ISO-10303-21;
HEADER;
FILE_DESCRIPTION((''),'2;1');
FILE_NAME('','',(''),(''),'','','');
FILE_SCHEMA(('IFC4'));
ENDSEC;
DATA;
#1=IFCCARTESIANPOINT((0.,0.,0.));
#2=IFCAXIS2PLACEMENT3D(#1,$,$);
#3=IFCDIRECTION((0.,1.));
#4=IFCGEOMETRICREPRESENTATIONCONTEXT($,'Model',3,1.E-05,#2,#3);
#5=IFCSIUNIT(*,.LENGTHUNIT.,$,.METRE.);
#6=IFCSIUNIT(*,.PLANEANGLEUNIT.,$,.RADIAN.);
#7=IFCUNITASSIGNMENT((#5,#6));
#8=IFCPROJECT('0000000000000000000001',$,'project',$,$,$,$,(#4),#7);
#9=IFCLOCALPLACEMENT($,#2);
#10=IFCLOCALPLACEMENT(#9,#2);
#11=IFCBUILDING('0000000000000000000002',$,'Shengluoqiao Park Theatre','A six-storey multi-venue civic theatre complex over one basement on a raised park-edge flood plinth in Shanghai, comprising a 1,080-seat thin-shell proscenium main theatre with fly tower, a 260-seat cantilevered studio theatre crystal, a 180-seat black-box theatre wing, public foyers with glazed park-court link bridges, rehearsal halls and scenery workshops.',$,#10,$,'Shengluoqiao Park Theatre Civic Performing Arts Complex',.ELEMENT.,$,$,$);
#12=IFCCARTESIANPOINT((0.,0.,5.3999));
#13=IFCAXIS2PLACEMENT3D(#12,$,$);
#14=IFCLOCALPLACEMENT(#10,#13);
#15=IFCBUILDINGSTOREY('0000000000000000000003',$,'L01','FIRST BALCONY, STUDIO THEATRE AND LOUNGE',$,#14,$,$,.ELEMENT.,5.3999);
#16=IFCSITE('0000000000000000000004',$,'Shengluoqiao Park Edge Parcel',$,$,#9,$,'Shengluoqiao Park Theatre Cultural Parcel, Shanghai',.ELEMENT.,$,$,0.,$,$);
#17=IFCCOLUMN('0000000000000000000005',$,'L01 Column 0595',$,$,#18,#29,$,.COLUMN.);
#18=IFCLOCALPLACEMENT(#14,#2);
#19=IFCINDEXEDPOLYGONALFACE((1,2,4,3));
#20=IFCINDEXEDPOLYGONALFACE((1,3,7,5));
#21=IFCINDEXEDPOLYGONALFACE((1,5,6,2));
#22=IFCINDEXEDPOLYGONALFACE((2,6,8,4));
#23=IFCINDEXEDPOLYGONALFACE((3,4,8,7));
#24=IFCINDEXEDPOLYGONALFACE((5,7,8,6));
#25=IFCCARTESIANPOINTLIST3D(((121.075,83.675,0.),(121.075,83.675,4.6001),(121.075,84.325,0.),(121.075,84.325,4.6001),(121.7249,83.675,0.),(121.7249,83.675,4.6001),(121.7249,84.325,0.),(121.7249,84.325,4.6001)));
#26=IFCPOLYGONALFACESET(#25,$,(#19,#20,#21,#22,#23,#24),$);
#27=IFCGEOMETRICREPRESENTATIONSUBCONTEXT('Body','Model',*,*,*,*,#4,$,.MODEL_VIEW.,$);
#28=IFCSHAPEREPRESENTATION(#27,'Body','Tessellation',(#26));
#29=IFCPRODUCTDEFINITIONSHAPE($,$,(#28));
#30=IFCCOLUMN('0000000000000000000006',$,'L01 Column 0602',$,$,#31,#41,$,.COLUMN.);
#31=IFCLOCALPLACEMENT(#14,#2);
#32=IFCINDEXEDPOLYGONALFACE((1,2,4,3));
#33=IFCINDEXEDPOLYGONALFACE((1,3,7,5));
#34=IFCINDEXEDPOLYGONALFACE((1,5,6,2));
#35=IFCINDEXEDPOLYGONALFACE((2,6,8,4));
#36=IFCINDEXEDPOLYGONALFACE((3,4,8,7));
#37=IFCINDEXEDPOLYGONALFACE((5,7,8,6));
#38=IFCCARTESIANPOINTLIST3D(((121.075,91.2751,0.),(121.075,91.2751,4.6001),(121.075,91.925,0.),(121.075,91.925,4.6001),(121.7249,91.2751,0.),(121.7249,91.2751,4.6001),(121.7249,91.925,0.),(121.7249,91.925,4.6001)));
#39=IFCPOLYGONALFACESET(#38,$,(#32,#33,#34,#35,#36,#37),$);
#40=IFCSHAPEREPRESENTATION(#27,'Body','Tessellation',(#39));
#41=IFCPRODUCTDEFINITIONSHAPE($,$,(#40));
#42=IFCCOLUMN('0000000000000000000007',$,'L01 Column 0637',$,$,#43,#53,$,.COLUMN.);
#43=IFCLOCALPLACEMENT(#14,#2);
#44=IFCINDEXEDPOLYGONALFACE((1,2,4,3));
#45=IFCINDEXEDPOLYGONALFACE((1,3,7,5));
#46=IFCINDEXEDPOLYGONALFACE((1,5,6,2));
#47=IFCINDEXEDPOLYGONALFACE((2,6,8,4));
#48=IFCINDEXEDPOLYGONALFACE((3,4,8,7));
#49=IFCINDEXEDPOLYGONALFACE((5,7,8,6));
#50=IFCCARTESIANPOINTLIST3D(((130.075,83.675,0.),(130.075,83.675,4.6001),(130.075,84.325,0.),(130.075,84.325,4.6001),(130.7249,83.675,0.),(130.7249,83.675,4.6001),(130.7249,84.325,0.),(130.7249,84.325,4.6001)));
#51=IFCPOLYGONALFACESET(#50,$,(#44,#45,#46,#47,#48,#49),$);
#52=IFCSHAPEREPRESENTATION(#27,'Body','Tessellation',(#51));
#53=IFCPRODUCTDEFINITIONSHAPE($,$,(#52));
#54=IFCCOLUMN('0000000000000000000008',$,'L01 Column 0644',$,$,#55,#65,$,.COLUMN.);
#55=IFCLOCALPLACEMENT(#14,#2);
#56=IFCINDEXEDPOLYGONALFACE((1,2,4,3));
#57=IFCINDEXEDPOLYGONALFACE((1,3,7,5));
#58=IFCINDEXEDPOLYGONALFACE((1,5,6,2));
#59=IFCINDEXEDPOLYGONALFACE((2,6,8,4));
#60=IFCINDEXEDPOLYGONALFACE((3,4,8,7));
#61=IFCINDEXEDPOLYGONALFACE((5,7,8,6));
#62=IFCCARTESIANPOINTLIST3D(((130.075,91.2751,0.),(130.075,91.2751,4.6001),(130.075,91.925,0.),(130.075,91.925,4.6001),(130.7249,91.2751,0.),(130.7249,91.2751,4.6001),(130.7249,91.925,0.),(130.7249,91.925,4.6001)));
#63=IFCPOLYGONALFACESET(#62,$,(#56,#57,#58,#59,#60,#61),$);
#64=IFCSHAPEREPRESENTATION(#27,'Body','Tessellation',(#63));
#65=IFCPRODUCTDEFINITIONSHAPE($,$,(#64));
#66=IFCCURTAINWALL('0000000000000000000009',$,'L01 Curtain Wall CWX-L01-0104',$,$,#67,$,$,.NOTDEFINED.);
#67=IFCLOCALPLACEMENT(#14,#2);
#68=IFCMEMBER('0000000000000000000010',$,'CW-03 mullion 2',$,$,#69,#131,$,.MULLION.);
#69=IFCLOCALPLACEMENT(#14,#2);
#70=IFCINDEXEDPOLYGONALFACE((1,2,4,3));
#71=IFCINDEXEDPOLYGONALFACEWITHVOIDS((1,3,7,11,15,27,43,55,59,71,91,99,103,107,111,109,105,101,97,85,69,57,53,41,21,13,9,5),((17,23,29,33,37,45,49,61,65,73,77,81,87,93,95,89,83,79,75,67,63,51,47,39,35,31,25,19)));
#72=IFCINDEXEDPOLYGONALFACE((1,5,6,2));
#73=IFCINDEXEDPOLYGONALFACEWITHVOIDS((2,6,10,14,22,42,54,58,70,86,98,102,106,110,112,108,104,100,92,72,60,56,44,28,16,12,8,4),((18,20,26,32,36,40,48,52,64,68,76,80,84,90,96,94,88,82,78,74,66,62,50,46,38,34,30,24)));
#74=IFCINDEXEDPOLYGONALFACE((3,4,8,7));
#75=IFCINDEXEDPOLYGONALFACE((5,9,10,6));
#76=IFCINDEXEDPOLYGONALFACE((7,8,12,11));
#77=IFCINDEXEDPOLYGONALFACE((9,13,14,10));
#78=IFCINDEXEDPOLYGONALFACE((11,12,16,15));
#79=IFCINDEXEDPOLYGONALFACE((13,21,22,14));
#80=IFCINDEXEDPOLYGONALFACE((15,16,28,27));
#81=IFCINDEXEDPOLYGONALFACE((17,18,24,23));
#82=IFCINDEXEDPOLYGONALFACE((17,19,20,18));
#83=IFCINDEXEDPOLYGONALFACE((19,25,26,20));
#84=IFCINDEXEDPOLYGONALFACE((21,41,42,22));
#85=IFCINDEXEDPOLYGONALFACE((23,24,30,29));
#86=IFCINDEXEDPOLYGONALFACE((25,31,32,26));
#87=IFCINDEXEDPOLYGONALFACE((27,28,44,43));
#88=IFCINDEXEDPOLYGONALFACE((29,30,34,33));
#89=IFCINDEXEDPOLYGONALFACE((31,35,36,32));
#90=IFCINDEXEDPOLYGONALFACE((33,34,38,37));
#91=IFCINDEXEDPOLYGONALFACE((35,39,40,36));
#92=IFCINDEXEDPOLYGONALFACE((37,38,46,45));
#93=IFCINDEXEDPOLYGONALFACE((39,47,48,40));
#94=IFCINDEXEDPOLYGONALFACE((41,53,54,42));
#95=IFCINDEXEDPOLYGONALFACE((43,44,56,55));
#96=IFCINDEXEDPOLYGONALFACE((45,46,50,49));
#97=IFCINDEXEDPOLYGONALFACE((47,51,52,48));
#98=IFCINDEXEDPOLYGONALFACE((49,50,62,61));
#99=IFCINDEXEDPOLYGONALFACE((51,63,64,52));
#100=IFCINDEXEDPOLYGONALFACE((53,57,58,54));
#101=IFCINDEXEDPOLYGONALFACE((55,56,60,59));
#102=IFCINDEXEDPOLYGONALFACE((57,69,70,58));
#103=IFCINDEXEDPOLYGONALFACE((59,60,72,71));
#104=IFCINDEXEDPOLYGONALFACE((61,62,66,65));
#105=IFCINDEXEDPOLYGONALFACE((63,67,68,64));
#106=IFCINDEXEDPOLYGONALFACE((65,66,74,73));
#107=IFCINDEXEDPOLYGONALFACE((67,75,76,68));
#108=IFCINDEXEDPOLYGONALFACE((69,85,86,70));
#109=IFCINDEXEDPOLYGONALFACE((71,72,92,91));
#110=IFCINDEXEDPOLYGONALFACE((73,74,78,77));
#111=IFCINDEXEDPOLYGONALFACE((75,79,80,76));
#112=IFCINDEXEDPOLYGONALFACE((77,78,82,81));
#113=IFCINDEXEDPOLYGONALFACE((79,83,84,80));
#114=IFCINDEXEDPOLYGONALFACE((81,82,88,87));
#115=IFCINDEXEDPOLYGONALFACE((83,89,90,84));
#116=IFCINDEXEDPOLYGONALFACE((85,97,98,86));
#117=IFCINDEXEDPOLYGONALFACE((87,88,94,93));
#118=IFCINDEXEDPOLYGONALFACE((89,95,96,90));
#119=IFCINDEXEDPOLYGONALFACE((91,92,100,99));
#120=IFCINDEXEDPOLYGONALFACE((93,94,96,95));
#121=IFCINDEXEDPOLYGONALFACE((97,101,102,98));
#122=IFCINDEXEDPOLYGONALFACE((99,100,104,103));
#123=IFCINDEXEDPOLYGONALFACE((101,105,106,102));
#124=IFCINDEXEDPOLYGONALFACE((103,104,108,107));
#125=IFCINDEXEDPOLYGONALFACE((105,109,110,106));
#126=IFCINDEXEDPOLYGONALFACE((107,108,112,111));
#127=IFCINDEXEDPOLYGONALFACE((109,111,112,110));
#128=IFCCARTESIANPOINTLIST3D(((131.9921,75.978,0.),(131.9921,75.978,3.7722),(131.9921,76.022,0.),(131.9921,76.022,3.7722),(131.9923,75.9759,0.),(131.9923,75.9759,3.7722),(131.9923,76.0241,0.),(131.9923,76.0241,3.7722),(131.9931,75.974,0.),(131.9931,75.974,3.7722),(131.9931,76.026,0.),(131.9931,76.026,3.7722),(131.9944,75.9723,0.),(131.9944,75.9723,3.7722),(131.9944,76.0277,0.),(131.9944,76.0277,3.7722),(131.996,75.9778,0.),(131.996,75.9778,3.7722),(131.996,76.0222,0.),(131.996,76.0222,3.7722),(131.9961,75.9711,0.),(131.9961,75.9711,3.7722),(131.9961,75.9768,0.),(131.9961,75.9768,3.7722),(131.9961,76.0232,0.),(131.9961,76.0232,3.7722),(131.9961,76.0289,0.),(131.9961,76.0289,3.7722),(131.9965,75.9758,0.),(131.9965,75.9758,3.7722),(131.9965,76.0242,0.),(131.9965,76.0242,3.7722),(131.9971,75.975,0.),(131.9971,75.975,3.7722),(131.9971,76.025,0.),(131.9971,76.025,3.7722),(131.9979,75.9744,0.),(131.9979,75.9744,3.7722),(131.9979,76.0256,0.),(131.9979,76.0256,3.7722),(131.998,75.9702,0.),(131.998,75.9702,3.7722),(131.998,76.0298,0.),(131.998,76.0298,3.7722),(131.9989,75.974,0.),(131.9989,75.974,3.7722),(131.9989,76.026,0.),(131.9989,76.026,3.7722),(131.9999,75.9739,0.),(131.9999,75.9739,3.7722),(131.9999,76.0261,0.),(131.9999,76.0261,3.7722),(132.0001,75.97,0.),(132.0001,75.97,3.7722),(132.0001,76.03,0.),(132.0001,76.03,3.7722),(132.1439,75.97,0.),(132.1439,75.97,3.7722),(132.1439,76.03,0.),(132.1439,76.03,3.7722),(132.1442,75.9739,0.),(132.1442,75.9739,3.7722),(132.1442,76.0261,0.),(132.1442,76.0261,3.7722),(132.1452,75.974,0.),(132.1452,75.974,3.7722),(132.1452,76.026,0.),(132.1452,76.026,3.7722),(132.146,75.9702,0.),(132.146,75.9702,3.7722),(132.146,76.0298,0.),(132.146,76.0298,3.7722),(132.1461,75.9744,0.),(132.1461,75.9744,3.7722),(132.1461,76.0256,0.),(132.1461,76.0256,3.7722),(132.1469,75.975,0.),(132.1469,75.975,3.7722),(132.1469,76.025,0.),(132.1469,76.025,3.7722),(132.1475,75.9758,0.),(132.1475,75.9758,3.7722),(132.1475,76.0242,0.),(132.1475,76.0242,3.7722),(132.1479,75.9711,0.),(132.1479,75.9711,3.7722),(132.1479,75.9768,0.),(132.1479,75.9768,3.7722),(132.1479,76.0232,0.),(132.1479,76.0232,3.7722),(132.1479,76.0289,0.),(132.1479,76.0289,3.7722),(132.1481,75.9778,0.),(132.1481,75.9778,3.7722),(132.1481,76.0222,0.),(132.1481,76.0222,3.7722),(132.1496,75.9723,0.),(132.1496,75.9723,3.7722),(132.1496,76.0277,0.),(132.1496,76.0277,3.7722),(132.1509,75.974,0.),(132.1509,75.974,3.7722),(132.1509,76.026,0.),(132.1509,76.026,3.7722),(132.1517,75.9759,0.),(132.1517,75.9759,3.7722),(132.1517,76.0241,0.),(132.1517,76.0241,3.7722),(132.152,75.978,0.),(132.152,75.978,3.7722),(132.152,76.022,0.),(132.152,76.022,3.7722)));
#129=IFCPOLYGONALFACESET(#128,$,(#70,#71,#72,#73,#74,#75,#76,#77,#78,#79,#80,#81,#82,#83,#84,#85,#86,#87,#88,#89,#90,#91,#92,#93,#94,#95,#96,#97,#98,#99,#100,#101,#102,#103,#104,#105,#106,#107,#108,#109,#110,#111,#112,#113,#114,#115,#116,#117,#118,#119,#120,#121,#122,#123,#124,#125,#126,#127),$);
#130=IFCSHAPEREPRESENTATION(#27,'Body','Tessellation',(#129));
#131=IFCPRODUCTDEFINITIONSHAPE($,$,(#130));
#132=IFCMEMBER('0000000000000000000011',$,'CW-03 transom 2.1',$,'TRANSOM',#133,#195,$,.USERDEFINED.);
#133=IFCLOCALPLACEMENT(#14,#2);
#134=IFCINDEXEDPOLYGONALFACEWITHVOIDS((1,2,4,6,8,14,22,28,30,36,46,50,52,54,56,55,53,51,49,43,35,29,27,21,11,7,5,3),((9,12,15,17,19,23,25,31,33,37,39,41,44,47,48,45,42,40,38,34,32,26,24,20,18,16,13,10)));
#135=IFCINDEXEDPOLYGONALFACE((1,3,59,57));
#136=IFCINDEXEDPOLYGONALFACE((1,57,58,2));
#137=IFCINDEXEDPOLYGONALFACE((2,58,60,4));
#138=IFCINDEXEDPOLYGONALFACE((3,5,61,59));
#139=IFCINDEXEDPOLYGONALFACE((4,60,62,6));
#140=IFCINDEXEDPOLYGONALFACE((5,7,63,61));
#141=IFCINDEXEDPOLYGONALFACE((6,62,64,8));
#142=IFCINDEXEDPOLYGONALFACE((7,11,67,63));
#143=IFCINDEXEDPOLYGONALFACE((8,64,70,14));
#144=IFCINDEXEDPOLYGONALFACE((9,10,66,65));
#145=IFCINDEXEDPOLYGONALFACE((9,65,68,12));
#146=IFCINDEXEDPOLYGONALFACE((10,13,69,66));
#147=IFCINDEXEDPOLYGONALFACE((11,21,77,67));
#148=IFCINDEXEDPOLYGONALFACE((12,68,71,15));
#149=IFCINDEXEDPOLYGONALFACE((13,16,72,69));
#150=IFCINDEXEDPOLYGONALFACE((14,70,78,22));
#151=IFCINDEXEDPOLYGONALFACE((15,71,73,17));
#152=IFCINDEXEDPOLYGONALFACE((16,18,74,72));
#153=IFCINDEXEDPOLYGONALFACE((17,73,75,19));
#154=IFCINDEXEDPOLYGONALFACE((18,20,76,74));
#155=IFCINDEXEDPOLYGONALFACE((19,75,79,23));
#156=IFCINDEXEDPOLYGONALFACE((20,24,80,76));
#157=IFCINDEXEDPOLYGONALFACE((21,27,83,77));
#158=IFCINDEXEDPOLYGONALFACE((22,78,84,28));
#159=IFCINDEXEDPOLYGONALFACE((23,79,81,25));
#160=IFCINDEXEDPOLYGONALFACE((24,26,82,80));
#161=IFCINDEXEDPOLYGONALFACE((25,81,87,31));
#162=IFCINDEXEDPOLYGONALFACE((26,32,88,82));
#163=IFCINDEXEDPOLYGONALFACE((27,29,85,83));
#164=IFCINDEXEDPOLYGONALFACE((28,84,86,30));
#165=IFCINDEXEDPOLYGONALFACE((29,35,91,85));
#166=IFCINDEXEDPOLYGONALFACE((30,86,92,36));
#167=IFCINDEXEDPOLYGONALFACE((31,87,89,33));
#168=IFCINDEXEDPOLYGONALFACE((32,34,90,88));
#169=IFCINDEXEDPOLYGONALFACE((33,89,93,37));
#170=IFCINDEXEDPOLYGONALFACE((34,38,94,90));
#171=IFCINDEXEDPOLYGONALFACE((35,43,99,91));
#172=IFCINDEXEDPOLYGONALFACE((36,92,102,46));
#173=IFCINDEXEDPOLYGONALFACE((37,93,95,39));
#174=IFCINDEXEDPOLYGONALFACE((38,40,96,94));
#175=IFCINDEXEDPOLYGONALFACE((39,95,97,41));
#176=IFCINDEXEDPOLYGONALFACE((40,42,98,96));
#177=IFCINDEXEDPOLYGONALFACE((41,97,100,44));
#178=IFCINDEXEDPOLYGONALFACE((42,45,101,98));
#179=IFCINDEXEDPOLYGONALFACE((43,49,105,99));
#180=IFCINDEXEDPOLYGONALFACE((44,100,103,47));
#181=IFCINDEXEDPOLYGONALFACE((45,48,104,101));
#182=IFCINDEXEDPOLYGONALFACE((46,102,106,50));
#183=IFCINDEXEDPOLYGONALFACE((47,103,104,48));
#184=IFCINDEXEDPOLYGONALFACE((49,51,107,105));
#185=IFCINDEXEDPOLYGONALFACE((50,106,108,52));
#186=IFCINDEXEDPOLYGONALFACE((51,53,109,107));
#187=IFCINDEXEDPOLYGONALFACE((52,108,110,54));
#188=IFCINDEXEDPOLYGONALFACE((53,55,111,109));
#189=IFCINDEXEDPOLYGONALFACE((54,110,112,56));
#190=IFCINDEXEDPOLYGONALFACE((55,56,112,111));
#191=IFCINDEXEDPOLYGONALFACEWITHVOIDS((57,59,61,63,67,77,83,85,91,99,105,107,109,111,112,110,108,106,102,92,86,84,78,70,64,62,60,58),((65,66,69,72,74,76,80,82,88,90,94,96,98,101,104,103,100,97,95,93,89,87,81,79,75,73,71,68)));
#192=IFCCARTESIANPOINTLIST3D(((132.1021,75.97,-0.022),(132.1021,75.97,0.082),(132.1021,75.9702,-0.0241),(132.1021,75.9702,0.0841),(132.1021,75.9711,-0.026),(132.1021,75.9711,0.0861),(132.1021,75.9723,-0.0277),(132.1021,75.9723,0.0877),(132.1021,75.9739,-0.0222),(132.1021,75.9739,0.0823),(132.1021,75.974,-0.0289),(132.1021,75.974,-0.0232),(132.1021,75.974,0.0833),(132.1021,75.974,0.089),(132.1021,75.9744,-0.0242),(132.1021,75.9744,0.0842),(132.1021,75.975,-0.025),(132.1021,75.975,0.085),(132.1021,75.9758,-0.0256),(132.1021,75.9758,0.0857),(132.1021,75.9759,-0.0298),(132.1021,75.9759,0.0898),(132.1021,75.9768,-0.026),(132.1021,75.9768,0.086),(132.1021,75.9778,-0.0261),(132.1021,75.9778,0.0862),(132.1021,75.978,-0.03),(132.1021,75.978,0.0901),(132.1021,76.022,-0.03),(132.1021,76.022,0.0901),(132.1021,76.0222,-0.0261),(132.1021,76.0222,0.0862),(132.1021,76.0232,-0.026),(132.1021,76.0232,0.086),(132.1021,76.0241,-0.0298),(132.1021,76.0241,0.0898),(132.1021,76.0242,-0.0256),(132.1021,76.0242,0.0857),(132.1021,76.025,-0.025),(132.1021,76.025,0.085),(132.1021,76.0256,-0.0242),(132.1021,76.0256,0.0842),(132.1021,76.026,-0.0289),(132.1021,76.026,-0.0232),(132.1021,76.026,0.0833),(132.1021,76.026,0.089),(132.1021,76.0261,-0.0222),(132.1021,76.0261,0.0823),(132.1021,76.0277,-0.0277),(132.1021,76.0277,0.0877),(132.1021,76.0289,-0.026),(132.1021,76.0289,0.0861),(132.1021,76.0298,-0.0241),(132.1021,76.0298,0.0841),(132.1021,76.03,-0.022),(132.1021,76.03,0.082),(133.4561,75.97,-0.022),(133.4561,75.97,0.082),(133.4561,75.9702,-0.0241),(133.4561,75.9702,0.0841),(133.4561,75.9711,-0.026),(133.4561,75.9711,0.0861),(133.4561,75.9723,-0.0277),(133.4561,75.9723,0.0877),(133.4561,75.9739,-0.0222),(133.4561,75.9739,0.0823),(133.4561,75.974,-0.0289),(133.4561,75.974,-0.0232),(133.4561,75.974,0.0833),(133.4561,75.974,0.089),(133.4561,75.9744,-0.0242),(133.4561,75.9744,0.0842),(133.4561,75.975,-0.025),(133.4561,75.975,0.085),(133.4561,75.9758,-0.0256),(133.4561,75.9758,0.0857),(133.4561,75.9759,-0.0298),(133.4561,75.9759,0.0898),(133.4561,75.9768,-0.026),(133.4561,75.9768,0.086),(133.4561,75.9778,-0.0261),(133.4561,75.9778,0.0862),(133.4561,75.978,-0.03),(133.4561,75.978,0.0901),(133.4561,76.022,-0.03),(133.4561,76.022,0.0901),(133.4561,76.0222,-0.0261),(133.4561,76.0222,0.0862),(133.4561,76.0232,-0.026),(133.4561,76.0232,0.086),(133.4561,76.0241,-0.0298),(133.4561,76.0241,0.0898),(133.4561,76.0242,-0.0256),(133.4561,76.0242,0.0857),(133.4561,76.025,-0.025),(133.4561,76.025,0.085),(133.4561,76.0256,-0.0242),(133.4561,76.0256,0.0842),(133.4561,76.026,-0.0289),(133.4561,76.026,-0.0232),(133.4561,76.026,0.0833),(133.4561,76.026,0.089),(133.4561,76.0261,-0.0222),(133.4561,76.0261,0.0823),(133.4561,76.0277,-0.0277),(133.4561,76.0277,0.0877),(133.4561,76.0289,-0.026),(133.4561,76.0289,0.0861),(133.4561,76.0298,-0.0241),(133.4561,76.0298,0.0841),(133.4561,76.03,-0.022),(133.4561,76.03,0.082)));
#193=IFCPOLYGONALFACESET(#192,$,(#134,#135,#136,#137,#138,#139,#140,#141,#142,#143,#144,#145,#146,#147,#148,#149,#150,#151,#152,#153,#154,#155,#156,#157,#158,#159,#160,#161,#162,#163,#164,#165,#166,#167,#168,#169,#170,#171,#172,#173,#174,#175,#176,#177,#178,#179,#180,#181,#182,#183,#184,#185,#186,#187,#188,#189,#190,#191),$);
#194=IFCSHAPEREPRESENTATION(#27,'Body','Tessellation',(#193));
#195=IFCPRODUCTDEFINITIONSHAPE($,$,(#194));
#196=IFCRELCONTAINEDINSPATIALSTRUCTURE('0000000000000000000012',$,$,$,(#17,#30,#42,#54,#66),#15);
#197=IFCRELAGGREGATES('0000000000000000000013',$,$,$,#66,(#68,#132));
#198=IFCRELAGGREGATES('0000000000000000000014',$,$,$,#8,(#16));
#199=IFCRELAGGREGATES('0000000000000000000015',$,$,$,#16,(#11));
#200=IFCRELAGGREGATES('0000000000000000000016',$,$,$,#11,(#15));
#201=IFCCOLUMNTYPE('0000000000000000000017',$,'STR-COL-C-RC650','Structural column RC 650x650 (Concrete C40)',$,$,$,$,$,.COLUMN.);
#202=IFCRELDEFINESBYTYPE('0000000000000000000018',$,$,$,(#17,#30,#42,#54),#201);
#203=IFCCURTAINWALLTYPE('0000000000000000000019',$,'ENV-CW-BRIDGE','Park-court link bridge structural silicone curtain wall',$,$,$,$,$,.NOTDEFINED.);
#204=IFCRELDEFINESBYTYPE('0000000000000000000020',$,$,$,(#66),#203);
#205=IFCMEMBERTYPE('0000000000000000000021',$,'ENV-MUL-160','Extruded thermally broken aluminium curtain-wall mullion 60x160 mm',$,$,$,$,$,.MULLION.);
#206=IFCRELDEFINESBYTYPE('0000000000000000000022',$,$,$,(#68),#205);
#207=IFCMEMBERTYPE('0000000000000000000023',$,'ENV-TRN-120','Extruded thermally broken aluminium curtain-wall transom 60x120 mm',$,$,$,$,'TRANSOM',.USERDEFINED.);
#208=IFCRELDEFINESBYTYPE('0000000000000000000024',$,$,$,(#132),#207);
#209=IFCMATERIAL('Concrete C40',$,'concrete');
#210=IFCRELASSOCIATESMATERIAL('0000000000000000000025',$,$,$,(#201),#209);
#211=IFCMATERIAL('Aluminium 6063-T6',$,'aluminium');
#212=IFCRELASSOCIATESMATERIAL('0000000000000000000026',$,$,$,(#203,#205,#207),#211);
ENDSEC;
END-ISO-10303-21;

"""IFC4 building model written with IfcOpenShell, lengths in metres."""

from ifc_helpers import new_model, si_unit, direction, frame, origin, origin_2d, place, context, subcontext, project, spatial, rectangle, hollow_rectangle, extrude, material, material_profile, profile_set, type_object, element, aggregate, save


model = new_model("IFC4")

# Units and contexts
model_context = context("Model", 3, precision=1e-05, world=origin(), true_north=direction((0.0, 1.0)))
body_context = subcontext(model_context, "Body", "Model", "MODEL_VIEW")
ifc_project = project(units=[si_unit("LENGTHUNIT", "METRE"), si_unit("PLANEANGLEUNIT", "RADIAN")], contexts=[model_context])

# Site, building, storey
site_placement = place(None, origin())
site = spatial("IfcSite", under=ifc_project, at=site_placement, Name="Shengluoqiao Park Edge Parcel", LongName="Shengluoqiao Park Theatre Cultural Parcel, Shanghai", CompositionType="ELEMENT", RefElevation=0.0)
building_placement = place(site_placement, origin())
building = spatial("IfcBuilding", under=site, at=building_placement, Name="Shengluoqiao Park Theatre", Description="A six-storey multi-venue civic theatre complex over one basement on a raised park-edge flood plinth in Shanghai, comprising a 1,080-seat thin-shell proscenium main theatre with fly tower, a 260-seat cantilevered studio theatre crystal, a 180-seat black-box theatre wing, public foyers with glazed park-court link bridges, rehearsal halls and scenery workshops.", LongName="Shengluoqiao Park Theatre Civic Performing Arts Complex", CompositionType="ELEMENT")
storey_placement = place(building_placement, frame((0.0, 0.0, 5.3999)))
storey = spatial("IfcBuildingStorey", under=building, at=storey_placement, Name="L01", Description="FIRST BALCONY, STUDIO THEATRE AND LOUNGE", CompositionType="ELEMENT", Elevation=5.3999)

# Columns
ifc_material_1 = material(Name="Concrete C40", Category="concrete")
ifc_material_profile_1 = material_profile(ifc_material_1, rectangle(XDim=0.6499, YDim=0.6499, at=origin_2d()), Name="RC 650x650")
ifc_profile_set_1 = profile_set([ifc_material_profile_1], Name="Concrete C40")
column_type = type_object("IfcColumnType", Name="STR-COL-C-RC650", Description="Structural column RC 650x650 (Concrete C40)", PredefinedType="COLUMN", material=ifc_profile_set_1)
for number, where, z_axis, x_axis, name in (
    (1, (121.3999, 84.0, 0.0), (0.0, 0.0, 1.0), (1.0, 0.0, 0.0), "L01 Column 0595"),
    (2, (121.3999, 91.6001, 0.0), (0.0, 0.0, 1.0), (1.0, 0.0, 0.0), "L01 Column 0602"),
    (3, (130.3999, 84.0, 0.0), (0.0, 0.0, 1.0), (1.0, 0.0, 0.0), "L01 Column 0637"),
    (4, (130.3999, 91.6001, 0.0), (0.0, 0.0, 1.0), (1.0, 0.0, 0.0), "L01 Column 0644"),
):
    element("IfcColumn", number, at=place(storey_placement, frame(where, z_axis=z_axis, x_axis=x_axis)), inside=storey, type_object=column_type, Name=name, PredefinedType="COLUMN", context=body_context, shape_type="SweptSolid", body=[
        extrude(rectangle(XDim=0.6499, YDim=0.6499, at=origin_2d()), origin(), (0.0, 0.0, 1.0), 4.6001),
    ])

# Curtain wall, members
ifc_material_2 = material(Name="Aluminium 6063-T6", Category="aluminium")
curtain_wall_type = type_object("IfcCurtainWallType", Name="ENV-CW-BRIDGE", Description="Park-court link bridge structural silicone curtain wall", PredefinedType="NOTDEFINED", material=ifc_material_2)
curtain_wall_placement = place(storey_placement, origin())
curtain_wall = element("IfcCurtainWall", 5, at=curtain_wall_placement, inside=storey, type_object=curtain_wall_type, Name="L01 Curtain Wall CWX-L01-0104", PredefinedType="NOTDEFINED")
ifc_material_profile_2 = material_profile(ifc_material_2, hollow_rectangle(XDim=0.0601, YDim=0.1599, WallThickness=0.0039, InnerFilletRadius=0.0039, OuterFilletRadius=0.0081, at=origin_2d()), Name="ALU MULLION 160x60x4")
ifc_profile_set_2 = profile_set([ifc_material_profile_2], Name="Aluminium 6063-T6")
member_type_1 = type_object("IfcMemberType", Name="ENV-MUL-160", Description="Extruded thermally broken aluminium curtain-wall mullion 60x160 mm", PredefinedType="MULLION", material=ifc_profile_set_2)
member_1_placement = place(storey_placement, frame((132.072, 76.0, 0.0), z_axis=(0.0, 0.0, 1.0), x_axis=(0.0, 1.0, 0.0)))
member_1 = element("IfcMember", 6, at=member_1_placement, type_object=member_type_1, Name="CW-03 mullion 2", PredefinedType="MULLION", context=body_context, shape_type="SweptSolid", body=[
    extrude(hollow_rectangle(XDim=0.0601, YDim=0.1599, WallThickness=0.0039, InnerFilletRadius=0.0039, OuterFilletRadius=0.0081, at=origin_2d()), origin(), (0.0, 0.0, 1.0), 3.7722),
])
ifc_material_profile_3 = material_profile(ifc_material_2, hollow_rectangle(XDim=0.0601, YDim=0.1201, WallThickness=0.0039, InnerFilletRadius=0.0039, OuterFilletRadius=0.0081, at=origin_2d()), Name="ALU TRANSOM 120x60x4")
ifc_profile_set_3 = profile_set([ifc_material_profile_3], Name="Aluminium 6063-T6")
member_type_2 = type_object("IfcMemberType", Name="ENV-TRN-120", Description="Extruded thermally broken aluminium curtain-wall transom 60x120 mm", ElementType="TRANSOM", PredefinedType="USERDEFINED", material=ifc_profile_set_3)
member_2_placement = place(storey_placement, frame((132.1021, 76.0, 0.03), z_axis=(1.0, 0.0, 0.0), x_axis=(0.0, 1.0, 0.0)))
member_2 = element("IfcMember", 7, at=member_2_placement, type_object=member_type_2, Name="CW-03 transom 2.1", ObjectType="TRANSOM", PredefinedType="USERDEFINED", context=body_context, shape_type="SweptSolid", body=[
    extrude(hollow_rectangle(XDim=0.0601, YDim=0.1201, WallThickness=0.0039, InnerFilletRadius=0.0039, OuterFilletRadius=0.0081, at=origin_2d()), origin(), (0.0, 0.0, 1.0), 1.354),
])

aggregate(curtain_wall, [member_1, member_2])

save(model, "model.ifc")
